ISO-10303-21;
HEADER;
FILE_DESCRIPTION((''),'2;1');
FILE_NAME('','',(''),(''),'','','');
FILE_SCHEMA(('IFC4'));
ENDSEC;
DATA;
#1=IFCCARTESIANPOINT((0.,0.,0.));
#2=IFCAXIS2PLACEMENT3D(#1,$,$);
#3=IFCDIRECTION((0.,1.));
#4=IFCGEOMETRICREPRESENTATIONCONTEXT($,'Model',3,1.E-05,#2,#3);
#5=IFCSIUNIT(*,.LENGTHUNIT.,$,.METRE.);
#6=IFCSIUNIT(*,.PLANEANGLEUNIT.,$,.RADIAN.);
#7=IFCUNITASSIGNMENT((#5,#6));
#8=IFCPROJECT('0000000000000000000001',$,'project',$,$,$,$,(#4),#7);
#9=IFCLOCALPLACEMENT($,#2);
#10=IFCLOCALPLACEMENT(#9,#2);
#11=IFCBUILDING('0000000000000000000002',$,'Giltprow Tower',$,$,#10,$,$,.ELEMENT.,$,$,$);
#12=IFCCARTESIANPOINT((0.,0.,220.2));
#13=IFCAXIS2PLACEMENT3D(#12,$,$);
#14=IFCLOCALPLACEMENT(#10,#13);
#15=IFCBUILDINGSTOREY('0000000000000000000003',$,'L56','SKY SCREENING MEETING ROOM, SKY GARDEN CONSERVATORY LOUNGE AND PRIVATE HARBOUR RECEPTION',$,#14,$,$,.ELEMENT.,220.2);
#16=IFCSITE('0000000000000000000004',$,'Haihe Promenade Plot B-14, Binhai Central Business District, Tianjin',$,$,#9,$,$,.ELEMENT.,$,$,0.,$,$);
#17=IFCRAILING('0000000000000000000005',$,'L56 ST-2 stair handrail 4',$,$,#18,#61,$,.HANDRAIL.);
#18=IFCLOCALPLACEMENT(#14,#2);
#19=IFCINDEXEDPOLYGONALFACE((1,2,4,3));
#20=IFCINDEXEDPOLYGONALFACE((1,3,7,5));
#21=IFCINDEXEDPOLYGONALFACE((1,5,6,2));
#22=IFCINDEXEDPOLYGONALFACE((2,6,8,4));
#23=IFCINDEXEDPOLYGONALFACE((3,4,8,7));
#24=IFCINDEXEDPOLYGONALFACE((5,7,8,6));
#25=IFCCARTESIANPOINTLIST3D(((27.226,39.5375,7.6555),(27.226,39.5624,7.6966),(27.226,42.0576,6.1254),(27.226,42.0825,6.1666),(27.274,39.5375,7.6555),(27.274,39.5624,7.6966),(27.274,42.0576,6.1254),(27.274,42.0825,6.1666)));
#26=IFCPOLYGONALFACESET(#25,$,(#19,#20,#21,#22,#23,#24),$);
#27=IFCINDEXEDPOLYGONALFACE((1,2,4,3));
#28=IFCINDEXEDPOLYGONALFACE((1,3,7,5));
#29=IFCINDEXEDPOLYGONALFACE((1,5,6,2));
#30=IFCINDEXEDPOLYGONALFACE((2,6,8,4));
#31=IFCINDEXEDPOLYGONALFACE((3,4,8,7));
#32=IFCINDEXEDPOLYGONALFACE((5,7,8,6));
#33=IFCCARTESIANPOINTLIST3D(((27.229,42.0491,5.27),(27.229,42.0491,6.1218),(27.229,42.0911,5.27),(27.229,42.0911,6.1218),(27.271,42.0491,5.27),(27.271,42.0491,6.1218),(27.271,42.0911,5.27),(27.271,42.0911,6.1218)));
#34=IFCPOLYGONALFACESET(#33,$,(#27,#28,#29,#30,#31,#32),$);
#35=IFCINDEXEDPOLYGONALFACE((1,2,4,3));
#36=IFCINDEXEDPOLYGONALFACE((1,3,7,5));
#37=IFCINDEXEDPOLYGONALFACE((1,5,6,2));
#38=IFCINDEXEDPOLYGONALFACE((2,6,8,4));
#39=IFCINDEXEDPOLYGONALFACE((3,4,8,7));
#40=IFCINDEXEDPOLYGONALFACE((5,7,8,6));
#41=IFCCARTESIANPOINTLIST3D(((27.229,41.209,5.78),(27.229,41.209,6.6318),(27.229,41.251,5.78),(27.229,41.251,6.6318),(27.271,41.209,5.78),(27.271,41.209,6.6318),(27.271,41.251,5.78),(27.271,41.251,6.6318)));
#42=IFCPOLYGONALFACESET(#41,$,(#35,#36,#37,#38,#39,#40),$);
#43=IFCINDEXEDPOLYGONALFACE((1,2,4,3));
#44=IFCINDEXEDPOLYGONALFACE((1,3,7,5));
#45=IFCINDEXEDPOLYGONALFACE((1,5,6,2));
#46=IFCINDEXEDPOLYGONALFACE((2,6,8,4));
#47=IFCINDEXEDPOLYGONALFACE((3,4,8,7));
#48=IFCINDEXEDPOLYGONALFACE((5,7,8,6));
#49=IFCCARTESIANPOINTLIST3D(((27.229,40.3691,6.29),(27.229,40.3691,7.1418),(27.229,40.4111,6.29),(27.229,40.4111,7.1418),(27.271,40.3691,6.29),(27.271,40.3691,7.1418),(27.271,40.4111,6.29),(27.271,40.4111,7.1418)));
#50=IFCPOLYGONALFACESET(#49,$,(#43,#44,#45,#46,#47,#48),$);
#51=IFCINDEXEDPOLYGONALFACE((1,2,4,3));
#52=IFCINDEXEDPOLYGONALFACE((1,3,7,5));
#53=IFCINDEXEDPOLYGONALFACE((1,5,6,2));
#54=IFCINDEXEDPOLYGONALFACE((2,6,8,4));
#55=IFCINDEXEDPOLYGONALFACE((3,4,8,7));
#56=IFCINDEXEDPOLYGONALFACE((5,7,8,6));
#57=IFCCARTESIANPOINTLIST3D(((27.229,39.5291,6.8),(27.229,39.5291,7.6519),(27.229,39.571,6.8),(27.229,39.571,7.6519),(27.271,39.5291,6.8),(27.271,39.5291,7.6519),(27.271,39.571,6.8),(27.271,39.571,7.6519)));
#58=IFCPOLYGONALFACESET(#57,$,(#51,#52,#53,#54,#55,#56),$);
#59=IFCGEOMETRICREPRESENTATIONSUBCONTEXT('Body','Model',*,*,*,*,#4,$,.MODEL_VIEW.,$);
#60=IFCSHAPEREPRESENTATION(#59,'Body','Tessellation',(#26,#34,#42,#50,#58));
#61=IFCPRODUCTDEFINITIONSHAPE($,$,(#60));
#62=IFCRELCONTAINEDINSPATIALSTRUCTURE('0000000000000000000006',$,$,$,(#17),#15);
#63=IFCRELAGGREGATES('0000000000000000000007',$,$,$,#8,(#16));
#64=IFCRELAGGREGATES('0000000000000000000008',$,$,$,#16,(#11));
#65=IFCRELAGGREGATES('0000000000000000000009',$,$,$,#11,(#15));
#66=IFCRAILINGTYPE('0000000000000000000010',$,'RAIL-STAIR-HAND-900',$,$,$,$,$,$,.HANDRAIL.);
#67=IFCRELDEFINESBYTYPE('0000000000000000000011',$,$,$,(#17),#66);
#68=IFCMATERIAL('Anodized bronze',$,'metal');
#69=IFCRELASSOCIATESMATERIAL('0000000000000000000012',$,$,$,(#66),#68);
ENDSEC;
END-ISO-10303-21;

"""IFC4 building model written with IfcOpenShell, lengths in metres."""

from ifc_helpers import new_model, si_unit, direction, frame, origin, origin_2d, place, context, subcontext, project, spatial, rectangle, extrude, material, type_object, element, save


model = new_model("IFC4")

# Units and contexts
model_context = context("Model", 3, precision=1e-05, world=origin(), true_north=direction((0.0, 1.0)))
body_context = subcontext(model_context, "Body", "Model", "MODEL_VIEW")
ifc_project = project(units=[si_unit("LENGTHUNIT", "METRE"), si_unit("PLANEANGLEUNIT", "RADIAN")], contexts=[model_context])

# Site, building, storey
site_placement = place(None, origin())
site = spatial("IfcSite", under=ifc_project, at=site_placement, Name="Haihe Promenade Plot B-14, Binhai Central Business District, Tianjin", CompositionType="ELEMENT", RefElevation=0.0)
building_placement = place(site_placement, origin())
building = spatial("IfcBuilding", under=site, at=building_placement, Name="Giltprow Tower", CompositionType="ELEMENT")
storey_placement = place(building_placement, frame((0.0, 0.0, 220.2)))
storey = spatial("IfcBuildingStorey", under=building, at=storey_placement, Name="L56", Description="SKY SCREENING MEETING ROOM, SKY GARDEN CONSERVATORY LOUNGE AND PRIVATE HARBOUR RECEPTION", CompositionType="ELEMENT", Elevation=220.2)

# Railing
ifc_material_1 = material(Name="Anodized bronze", Category="metal")
railing_type_1 = type_object("IfcRailingType", Name="RAIL-STAIR-HAND-900", PredefinedType="HANDRAIL", material=ifc_material_1)
railing_1_placement = place(storey_placement, frame((27.25, 42.0701, 5.27)))
element("IfcRailing", 1, at=railing_1_placement, inside=storey, type_object=railing_type_1, Name="L56 ST-2 stair handrail 4", PredefinedType="HANDRAIL", context=body_context, shape_type="SweptSolid", body=[
    extrude(rectangle(XDim=0.0481, YDim=0.0481, at=origin_2d()), frame((0.0, 0.0, 0.876), z_axis=(0.0, -0.854785, 0.518982), x_axis=(1.0, 0.0, 0.0)), (0.0, 0.0, 1.0), 2.9482),
    extrude(rectangle(XDim=0.042, YDim=0.042, at=origin_2d()), origin(), (0.0, 0.0, 1.0), 0.8518),
    extrude(rectangle(XDim=0.042, YDim=0.042, at=origin_2d()), frame((0.0, -0.8401, 0.51)), (0.0, 0.0, 1.0), 0.8518),
    extrude(rectangle(XDim=0.042, YDim=0.042, at=origin_2d()), frame((0.0, -1.6799, 1.02)), (0.0, 0.0, 1.0), 0.8518),
    extrude(rectangle(XDim=0.042, YDim=0.042, at=origin_2d()), frame((0.0, -2.52, 1.53)), (0.0, 0.0, 1.0), 0.8518),
])

save(model, "model.ifc")
